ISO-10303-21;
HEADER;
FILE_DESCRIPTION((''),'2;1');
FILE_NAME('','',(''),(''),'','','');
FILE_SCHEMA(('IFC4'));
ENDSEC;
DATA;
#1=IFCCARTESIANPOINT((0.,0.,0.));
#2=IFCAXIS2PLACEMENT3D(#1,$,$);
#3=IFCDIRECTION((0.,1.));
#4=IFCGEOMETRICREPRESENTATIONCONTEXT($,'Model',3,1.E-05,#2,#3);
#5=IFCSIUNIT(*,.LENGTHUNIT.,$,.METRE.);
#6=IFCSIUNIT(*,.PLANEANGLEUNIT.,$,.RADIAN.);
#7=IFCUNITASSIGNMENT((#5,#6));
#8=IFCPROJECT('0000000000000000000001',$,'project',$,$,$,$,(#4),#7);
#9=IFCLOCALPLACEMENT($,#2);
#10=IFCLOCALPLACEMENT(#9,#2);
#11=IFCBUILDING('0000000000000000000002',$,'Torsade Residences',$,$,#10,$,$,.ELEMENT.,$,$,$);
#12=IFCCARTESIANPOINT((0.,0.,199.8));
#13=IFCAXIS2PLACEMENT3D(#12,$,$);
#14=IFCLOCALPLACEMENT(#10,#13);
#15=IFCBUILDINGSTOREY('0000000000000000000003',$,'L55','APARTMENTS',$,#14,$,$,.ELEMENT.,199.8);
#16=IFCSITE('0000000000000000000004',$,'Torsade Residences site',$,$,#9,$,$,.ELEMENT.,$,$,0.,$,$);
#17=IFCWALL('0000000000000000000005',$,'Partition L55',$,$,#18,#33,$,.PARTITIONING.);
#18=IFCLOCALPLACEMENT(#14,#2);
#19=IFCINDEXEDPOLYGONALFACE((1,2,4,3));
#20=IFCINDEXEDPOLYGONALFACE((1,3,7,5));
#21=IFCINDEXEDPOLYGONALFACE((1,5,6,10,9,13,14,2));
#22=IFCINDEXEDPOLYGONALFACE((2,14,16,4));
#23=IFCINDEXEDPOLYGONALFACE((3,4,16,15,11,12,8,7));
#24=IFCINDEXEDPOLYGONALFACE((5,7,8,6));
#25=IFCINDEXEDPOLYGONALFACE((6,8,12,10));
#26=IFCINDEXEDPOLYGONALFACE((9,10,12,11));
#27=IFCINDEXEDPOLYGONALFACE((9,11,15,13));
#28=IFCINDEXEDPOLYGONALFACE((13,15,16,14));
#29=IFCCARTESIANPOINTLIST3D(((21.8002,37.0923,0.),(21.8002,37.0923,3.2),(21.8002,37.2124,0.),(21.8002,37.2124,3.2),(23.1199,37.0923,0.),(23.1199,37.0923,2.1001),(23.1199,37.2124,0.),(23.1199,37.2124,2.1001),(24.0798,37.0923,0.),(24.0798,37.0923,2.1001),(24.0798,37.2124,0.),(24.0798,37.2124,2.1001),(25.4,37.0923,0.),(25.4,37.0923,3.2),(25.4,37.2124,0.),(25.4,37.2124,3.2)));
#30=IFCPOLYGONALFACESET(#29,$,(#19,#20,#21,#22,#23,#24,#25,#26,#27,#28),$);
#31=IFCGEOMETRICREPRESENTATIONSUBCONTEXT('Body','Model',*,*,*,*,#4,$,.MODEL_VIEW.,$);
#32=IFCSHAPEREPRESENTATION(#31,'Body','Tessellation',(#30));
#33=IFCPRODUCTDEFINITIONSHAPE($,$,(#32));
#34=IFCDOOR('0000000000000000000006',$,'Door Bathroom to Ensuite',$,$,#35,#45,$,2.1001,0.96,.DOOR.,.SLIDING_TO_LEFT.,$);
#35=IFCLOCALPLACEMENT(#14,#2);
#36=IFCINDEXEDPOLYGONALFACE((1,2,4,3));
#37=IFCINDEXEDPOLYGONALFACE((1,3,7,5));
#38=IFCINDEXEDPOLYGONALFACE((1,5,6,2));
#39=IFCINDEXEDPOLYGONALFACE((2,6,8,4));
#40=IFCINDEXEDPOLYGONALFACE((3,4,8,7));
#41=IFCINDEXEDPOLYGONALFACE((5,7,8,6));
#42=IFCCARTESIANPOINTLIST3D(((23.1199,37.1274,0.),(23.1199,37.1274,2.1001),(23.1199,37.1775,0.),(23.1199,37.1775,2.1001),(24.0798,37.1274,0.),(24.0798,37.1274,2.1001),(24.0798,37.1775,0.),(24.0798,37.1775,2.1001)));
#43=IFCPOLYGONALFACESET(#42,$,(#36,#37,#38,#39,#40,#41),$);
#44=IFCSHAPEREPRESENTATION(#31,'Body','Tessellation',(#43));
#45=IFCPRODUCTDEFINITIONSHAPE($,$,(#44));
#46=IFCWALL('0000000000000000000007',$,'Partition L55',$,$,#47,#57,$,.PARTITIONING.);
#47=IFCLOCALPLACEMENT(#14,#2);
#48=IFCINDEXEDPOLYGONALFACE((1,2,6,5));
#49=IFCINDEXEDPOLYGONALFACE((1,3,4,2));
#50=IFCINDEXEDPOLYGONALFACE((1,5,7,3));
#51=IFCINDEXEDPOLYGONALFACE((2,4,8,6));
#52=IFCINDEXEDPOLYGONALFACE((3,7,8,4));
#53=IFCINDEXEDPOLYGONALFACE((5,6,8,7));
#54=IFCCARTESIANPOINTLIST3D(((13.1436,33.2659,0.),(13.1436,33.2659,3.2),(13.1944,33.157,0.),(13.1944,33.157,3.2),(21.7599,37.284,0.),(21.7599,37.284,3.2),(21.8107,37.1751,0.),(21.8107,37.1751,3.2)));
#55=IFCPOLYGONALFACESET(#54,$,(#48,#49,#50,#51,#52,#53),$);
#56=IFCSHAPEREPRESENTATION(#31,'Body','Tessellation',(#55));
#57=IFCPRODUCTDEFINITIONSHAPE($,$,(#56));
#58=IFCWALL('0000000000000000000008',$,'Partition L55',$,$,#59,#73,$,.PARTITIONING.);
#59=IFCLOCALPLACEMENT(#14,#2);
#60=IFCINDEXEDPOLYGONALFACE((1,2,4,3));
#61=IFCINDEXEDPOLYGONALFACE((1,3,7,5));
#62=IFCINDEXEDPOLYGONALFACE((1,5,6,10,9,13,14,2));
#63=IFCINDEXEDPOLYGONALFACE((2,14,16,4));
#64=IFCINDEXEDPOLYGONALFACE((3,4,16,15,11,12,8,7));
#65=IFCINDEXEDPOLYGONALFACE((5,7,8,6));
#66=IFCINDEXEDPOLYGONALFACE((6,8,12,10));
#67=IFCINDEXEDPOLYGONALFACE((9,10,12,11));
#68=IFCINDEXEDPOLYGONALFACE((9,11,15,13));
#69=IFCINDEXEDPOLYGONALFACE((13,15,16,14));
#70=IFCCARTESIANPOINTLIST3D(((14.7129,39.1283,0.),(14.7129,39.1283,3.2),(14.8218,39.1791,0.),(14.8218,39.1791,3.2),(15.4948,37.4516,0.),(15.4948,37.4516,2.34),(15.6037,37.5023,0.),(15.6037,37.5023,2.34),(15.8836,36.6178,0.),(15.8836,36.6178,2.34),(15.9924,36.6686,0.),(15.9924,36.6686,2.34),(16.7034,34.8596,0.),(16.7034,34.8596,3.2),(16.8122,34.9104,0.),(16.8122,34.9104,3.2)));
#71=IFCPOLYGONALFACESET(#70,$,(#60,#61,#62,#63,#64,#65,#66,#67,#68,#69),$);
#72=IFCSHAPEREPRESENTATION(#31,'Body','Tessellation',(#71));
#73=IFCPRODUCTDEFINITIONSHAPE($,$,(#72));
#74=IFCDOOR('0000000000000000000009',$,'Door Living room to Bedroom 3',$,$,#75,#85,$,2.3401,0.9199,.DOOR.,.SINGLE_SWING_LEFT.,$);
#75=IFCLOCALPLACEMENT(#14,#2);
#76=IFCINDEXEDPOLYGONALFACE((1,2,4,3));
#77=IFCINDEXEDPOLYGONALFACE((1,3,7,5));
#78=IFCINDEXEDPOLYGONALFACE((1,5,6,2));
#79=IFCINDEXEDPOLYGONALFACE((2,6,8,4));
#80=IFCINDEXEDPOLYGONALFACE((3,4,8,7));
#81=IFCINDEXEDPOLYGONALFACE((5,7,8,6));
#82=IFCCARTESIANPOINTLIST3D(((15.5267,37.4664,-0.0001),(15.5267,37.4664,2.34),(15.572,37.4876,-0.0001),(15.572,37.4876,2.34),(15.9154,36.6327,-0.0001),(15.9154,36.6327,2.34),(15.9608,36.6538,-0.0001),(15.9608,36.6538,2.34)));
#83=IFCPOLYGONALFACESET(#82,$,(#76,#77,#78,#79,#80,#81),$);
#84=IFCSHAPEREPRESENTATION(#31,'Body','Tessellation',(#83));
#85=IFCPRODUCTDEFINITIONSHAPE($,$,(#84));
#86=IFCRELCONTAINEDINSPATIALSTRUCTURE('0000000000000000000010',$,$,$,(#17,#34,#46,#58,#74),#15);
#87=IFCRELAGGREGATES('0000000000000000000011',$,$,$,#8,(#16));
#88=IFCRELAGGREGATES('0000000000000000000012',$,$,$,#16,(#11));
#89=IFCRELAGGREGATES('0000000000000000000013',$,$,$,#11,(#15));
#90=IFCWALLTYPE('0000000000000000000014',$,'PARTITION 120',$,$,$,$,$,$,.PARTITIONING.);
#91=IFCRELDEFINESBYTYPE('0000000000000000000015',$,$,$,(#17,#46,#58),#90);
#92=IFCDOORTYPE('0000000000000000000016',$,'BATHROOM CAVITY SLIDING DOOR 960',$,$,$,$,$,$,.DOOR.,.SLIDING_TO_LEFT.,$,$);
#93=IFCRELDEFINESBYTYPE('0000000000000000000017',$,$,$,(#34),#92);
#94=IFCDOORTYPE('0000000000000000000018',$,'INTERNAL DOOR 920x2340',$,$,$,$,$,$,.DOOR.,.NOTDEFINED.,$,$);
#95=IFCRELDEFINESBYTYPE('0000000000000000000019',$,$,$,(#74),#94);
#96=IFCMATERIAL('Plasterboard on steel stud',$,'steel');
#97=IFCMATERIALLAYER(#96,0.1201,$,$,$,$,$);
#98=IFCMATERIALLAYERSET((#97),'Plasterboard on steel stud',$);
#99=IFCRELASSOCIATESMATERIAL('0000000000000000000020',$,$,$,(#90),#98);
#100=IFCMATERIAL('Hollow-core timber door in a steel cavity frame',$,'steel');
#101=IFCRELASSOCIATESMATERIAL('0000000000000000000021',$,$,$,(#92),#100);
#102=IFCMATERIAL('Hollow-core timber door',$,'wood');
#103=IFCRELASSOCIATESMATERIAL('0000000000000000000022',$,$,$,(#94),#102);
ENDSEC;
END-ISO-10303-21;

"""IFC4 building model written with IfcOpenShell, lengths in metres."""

from ifc_helpers import new_model, si_unit, direction, frame, frame_2d, origin, place, context, subcontext, project, spatial, rectangle, extrude, material, layer, layer_set, type_object, element, fill, save


model = new_model("IFC4")

# Units and contexts
model_context = context("Model", 3, precision=1e-05, world=origin(), true_north=direction((0.0, 1.0)))
body_context = subcontext(model_context, "Body", "Model", "MODEL_VIEW")
ifc_project = project(units=[si_unit("LENGTHUNIT", "METRE"), si_unit("PLANEANGLEUNIT", "RADIAN")], contexts=[model_context])

# Site, building, storey
site_placement = place(None, origin())
site = spatial("IfcSite", under=ifc_project, at=site_placement, Name="Torsade Residences site", CompositionType="ELEMENT", RefElevation=0.0)
building_placement = place(site_placement, origin())
building = spatial("IfcBuilding", under=site, at=building_placement, Name="Torsade Residences", CompositionType="ELEMENT")
storey_placement = place(building_placement, frame((0.0, 0.0, 199.8)))
storey = spatial("IfcBuildingStorey", under=building, at=storey_placement, Name="L55", Description="APARTMENTS", CompositionType="ELEMENT", Elevation=199.8)

# Shared definitions
ifc_material_1 = material(Name="Plasterboard on steel stud", Category="steel")
ifc_layer = layer(ifc_material_1, 0.1201)
ifc_layer_set = layer_set([ifc_layer], Name="Plasterboard on steel stud")
wall_type = type_object("IfcWallType", Name="PARTITION 120", PredefinedType="PARTITIONING", material=ifc_layer_set)
ifc_material_2 = material(Name="Hollow-core timber door in a steel cavity frame", Category="steel")
door_type_1 = type_object("IfcDoorType", Name="BATHROOM CAVITY SLIDING DOOR 960", OperationType="SLIDING_TO_LEFT", PredefinedType="DOOR", material=ifc_material_2)
ifc_material_3 = material(Name="Hollow-core timber door", Category="wood")
door_type_2 = type_object("IfcDoorType", Name="INTERNAL DOOR 920x2340", OperationType="NOTDEFINED", PredefinedType="DOOR", material=ifc_material_3)

# Wall, opening, door
wall_1_placement = place(storey_placement, frame((25.3999, 37.1523, 0.0), z_axis=(0.0, 0.0, 1.0), x_axis=(-1.0, 0.0, 0.0)))
wall_1 = element("IfcWall", 1, at=wall_1_placement, inside=storey, type_object=wall_type, Name="Partition L55", PredefinedType="PARTITIONING", context=body_context, shape_type="SweptSolid", body=[
    extrude(rectangle(XDim=3.5999, YDim=0.1201, at=frame_2d((1.7998, 0.0))), origin(), (0.0, 0.0, 1.0), 3.2),
])
opening_1_placement = place(wall_1_placement, frame((1.3201, 0.0, 0.0)))
opening_1 = element("IfcOpeningElement", 2, at=opening_1_placement, cuts=wall_1, PredefinedType="OPENING", context=body_context, shape_type="SweptSolid", body=[
    extrude(rectangle(XDim=0.96, YDim=2.1001, at=frame_2d((0.48, 1.05))), frame((0.0, 0.0701, 0.0), z_axis=(0.0, -1.0, 0.0), x_axis=(1.0, 0.0, 0.0)), (0.0, 0.0, 1.0), 0.1401),
])
door_1_placement = place(opening_1_placement, origin())
door_1 = element("IfcDoor", 3, at=door_1_placement, inside=storey, type_object=door_type_1, Name="Door Bathroom to Ensuite", OperationType="SLIDING_TO_LEFT", OverallHeight=2.1001, OverallWidth=0.96, PredefinedType="DOOR", context=body_context, shape_type="SweptSolid", body=[
    extrude(rectangle(XDim=0.96, YDim=2.1001, at=frame_2d((0.48, 1.05))), frame((0.0, 0.0249, 0.0), z_axis=(0.0, -1.0, 0.0), x_axis=(1.0, 0.0, 0.0)), (0.0, 0.0, 1.0), 0.05),
])
fill(opening_1, door_1)

# Wall
wall_2_placement = place(storey_placement, frame((21.7852, 37.2295, 0.0), z_axis=(0.0, 0.0, 1.0), x_axis=(-0.906297, -0.422641, 0.0)))
element("IfcWall", 4, at=wall_2_placement, inside=storey, type_object=wall_type, Name="Partition L55", PredefinedType="PARTITIONING", context=body_context, shape_type="SweptSolid", body=[
    extrude(rectangle(XDim=9.5071, YDim=0.1201, at=frame_2d((4.7534, 0.0))), origin(), (0.0, 0.0, 1.0), 3.2),
])

# Wall, opening, door
wall_3_placement = place(storey_placement, frame((16.7578, 34.885, 0.0), z_axis=(0.0, 0.0, 1.0), x_axis=(-0.422602, 0.906316, 0.0)))
wall_3 = element("IfcWall", 5, at=wall_3_placement, inside=storey, type_object=wall_type, Name="Partition L55", PredefinedType="PARTITIONING", context=body_context, shape_type="SweptSolid", body=[
    extrude(rectangle(XDim=4.71, YDim=0.1201, at=frame_2d((2.355, 0.0))), origin(), (0.0, 0.0, 1.0), 3.2),
])
opening_2_placement = place(wall_3_placement, frame((1.9399, 0.0, 0.0)))
opening_2 = element("IfcOpeningElement", 6, at=opening_2_placement, cuts=wall_3, PredefinedType="OPENING", context=body_context, shape_type="SweptSolid", body=[
    extrude(rectangle(XDim=0.9199, YDim=2.3401, at=frame_2d((0.46, 1.1699))), frame((0.0, 0.0701, 0.0), z_axis=(0.0, -1.0, 0.0), x_axis=(1.0, 0.0, 0.0)), (0.0, 0.0, 1.0), 0.1401),
])
door_2_placement = place(opening_2_placement, origin())
door_2 = element("IfcDoor", 7, at=door_2_placement, inside=storey, type_object=door_type_2, Name="Door Living room to Bedroom 3", OperationType="SINGLE_SWING_LEFT", OverallHeight=2.3401, OverallWidth=0.9199, PredefinedType="DOOR", context=body_context, shape_type="SweptSolid", body=[
    extrude(rectangle(XDim=0.9199, YDim=2.3401, at=frame_2d((0.46, 1.1699))), frame((0.0, 0.0249, 0.0), z_axis=(0.0, -1.0, 0.0), x_axis=(1.0, 0.0, 0.0)), (0.0, 0.0, 1.0), 0.05),
])
fill(opening_2, door_2)

save(model, "model.ifc")
